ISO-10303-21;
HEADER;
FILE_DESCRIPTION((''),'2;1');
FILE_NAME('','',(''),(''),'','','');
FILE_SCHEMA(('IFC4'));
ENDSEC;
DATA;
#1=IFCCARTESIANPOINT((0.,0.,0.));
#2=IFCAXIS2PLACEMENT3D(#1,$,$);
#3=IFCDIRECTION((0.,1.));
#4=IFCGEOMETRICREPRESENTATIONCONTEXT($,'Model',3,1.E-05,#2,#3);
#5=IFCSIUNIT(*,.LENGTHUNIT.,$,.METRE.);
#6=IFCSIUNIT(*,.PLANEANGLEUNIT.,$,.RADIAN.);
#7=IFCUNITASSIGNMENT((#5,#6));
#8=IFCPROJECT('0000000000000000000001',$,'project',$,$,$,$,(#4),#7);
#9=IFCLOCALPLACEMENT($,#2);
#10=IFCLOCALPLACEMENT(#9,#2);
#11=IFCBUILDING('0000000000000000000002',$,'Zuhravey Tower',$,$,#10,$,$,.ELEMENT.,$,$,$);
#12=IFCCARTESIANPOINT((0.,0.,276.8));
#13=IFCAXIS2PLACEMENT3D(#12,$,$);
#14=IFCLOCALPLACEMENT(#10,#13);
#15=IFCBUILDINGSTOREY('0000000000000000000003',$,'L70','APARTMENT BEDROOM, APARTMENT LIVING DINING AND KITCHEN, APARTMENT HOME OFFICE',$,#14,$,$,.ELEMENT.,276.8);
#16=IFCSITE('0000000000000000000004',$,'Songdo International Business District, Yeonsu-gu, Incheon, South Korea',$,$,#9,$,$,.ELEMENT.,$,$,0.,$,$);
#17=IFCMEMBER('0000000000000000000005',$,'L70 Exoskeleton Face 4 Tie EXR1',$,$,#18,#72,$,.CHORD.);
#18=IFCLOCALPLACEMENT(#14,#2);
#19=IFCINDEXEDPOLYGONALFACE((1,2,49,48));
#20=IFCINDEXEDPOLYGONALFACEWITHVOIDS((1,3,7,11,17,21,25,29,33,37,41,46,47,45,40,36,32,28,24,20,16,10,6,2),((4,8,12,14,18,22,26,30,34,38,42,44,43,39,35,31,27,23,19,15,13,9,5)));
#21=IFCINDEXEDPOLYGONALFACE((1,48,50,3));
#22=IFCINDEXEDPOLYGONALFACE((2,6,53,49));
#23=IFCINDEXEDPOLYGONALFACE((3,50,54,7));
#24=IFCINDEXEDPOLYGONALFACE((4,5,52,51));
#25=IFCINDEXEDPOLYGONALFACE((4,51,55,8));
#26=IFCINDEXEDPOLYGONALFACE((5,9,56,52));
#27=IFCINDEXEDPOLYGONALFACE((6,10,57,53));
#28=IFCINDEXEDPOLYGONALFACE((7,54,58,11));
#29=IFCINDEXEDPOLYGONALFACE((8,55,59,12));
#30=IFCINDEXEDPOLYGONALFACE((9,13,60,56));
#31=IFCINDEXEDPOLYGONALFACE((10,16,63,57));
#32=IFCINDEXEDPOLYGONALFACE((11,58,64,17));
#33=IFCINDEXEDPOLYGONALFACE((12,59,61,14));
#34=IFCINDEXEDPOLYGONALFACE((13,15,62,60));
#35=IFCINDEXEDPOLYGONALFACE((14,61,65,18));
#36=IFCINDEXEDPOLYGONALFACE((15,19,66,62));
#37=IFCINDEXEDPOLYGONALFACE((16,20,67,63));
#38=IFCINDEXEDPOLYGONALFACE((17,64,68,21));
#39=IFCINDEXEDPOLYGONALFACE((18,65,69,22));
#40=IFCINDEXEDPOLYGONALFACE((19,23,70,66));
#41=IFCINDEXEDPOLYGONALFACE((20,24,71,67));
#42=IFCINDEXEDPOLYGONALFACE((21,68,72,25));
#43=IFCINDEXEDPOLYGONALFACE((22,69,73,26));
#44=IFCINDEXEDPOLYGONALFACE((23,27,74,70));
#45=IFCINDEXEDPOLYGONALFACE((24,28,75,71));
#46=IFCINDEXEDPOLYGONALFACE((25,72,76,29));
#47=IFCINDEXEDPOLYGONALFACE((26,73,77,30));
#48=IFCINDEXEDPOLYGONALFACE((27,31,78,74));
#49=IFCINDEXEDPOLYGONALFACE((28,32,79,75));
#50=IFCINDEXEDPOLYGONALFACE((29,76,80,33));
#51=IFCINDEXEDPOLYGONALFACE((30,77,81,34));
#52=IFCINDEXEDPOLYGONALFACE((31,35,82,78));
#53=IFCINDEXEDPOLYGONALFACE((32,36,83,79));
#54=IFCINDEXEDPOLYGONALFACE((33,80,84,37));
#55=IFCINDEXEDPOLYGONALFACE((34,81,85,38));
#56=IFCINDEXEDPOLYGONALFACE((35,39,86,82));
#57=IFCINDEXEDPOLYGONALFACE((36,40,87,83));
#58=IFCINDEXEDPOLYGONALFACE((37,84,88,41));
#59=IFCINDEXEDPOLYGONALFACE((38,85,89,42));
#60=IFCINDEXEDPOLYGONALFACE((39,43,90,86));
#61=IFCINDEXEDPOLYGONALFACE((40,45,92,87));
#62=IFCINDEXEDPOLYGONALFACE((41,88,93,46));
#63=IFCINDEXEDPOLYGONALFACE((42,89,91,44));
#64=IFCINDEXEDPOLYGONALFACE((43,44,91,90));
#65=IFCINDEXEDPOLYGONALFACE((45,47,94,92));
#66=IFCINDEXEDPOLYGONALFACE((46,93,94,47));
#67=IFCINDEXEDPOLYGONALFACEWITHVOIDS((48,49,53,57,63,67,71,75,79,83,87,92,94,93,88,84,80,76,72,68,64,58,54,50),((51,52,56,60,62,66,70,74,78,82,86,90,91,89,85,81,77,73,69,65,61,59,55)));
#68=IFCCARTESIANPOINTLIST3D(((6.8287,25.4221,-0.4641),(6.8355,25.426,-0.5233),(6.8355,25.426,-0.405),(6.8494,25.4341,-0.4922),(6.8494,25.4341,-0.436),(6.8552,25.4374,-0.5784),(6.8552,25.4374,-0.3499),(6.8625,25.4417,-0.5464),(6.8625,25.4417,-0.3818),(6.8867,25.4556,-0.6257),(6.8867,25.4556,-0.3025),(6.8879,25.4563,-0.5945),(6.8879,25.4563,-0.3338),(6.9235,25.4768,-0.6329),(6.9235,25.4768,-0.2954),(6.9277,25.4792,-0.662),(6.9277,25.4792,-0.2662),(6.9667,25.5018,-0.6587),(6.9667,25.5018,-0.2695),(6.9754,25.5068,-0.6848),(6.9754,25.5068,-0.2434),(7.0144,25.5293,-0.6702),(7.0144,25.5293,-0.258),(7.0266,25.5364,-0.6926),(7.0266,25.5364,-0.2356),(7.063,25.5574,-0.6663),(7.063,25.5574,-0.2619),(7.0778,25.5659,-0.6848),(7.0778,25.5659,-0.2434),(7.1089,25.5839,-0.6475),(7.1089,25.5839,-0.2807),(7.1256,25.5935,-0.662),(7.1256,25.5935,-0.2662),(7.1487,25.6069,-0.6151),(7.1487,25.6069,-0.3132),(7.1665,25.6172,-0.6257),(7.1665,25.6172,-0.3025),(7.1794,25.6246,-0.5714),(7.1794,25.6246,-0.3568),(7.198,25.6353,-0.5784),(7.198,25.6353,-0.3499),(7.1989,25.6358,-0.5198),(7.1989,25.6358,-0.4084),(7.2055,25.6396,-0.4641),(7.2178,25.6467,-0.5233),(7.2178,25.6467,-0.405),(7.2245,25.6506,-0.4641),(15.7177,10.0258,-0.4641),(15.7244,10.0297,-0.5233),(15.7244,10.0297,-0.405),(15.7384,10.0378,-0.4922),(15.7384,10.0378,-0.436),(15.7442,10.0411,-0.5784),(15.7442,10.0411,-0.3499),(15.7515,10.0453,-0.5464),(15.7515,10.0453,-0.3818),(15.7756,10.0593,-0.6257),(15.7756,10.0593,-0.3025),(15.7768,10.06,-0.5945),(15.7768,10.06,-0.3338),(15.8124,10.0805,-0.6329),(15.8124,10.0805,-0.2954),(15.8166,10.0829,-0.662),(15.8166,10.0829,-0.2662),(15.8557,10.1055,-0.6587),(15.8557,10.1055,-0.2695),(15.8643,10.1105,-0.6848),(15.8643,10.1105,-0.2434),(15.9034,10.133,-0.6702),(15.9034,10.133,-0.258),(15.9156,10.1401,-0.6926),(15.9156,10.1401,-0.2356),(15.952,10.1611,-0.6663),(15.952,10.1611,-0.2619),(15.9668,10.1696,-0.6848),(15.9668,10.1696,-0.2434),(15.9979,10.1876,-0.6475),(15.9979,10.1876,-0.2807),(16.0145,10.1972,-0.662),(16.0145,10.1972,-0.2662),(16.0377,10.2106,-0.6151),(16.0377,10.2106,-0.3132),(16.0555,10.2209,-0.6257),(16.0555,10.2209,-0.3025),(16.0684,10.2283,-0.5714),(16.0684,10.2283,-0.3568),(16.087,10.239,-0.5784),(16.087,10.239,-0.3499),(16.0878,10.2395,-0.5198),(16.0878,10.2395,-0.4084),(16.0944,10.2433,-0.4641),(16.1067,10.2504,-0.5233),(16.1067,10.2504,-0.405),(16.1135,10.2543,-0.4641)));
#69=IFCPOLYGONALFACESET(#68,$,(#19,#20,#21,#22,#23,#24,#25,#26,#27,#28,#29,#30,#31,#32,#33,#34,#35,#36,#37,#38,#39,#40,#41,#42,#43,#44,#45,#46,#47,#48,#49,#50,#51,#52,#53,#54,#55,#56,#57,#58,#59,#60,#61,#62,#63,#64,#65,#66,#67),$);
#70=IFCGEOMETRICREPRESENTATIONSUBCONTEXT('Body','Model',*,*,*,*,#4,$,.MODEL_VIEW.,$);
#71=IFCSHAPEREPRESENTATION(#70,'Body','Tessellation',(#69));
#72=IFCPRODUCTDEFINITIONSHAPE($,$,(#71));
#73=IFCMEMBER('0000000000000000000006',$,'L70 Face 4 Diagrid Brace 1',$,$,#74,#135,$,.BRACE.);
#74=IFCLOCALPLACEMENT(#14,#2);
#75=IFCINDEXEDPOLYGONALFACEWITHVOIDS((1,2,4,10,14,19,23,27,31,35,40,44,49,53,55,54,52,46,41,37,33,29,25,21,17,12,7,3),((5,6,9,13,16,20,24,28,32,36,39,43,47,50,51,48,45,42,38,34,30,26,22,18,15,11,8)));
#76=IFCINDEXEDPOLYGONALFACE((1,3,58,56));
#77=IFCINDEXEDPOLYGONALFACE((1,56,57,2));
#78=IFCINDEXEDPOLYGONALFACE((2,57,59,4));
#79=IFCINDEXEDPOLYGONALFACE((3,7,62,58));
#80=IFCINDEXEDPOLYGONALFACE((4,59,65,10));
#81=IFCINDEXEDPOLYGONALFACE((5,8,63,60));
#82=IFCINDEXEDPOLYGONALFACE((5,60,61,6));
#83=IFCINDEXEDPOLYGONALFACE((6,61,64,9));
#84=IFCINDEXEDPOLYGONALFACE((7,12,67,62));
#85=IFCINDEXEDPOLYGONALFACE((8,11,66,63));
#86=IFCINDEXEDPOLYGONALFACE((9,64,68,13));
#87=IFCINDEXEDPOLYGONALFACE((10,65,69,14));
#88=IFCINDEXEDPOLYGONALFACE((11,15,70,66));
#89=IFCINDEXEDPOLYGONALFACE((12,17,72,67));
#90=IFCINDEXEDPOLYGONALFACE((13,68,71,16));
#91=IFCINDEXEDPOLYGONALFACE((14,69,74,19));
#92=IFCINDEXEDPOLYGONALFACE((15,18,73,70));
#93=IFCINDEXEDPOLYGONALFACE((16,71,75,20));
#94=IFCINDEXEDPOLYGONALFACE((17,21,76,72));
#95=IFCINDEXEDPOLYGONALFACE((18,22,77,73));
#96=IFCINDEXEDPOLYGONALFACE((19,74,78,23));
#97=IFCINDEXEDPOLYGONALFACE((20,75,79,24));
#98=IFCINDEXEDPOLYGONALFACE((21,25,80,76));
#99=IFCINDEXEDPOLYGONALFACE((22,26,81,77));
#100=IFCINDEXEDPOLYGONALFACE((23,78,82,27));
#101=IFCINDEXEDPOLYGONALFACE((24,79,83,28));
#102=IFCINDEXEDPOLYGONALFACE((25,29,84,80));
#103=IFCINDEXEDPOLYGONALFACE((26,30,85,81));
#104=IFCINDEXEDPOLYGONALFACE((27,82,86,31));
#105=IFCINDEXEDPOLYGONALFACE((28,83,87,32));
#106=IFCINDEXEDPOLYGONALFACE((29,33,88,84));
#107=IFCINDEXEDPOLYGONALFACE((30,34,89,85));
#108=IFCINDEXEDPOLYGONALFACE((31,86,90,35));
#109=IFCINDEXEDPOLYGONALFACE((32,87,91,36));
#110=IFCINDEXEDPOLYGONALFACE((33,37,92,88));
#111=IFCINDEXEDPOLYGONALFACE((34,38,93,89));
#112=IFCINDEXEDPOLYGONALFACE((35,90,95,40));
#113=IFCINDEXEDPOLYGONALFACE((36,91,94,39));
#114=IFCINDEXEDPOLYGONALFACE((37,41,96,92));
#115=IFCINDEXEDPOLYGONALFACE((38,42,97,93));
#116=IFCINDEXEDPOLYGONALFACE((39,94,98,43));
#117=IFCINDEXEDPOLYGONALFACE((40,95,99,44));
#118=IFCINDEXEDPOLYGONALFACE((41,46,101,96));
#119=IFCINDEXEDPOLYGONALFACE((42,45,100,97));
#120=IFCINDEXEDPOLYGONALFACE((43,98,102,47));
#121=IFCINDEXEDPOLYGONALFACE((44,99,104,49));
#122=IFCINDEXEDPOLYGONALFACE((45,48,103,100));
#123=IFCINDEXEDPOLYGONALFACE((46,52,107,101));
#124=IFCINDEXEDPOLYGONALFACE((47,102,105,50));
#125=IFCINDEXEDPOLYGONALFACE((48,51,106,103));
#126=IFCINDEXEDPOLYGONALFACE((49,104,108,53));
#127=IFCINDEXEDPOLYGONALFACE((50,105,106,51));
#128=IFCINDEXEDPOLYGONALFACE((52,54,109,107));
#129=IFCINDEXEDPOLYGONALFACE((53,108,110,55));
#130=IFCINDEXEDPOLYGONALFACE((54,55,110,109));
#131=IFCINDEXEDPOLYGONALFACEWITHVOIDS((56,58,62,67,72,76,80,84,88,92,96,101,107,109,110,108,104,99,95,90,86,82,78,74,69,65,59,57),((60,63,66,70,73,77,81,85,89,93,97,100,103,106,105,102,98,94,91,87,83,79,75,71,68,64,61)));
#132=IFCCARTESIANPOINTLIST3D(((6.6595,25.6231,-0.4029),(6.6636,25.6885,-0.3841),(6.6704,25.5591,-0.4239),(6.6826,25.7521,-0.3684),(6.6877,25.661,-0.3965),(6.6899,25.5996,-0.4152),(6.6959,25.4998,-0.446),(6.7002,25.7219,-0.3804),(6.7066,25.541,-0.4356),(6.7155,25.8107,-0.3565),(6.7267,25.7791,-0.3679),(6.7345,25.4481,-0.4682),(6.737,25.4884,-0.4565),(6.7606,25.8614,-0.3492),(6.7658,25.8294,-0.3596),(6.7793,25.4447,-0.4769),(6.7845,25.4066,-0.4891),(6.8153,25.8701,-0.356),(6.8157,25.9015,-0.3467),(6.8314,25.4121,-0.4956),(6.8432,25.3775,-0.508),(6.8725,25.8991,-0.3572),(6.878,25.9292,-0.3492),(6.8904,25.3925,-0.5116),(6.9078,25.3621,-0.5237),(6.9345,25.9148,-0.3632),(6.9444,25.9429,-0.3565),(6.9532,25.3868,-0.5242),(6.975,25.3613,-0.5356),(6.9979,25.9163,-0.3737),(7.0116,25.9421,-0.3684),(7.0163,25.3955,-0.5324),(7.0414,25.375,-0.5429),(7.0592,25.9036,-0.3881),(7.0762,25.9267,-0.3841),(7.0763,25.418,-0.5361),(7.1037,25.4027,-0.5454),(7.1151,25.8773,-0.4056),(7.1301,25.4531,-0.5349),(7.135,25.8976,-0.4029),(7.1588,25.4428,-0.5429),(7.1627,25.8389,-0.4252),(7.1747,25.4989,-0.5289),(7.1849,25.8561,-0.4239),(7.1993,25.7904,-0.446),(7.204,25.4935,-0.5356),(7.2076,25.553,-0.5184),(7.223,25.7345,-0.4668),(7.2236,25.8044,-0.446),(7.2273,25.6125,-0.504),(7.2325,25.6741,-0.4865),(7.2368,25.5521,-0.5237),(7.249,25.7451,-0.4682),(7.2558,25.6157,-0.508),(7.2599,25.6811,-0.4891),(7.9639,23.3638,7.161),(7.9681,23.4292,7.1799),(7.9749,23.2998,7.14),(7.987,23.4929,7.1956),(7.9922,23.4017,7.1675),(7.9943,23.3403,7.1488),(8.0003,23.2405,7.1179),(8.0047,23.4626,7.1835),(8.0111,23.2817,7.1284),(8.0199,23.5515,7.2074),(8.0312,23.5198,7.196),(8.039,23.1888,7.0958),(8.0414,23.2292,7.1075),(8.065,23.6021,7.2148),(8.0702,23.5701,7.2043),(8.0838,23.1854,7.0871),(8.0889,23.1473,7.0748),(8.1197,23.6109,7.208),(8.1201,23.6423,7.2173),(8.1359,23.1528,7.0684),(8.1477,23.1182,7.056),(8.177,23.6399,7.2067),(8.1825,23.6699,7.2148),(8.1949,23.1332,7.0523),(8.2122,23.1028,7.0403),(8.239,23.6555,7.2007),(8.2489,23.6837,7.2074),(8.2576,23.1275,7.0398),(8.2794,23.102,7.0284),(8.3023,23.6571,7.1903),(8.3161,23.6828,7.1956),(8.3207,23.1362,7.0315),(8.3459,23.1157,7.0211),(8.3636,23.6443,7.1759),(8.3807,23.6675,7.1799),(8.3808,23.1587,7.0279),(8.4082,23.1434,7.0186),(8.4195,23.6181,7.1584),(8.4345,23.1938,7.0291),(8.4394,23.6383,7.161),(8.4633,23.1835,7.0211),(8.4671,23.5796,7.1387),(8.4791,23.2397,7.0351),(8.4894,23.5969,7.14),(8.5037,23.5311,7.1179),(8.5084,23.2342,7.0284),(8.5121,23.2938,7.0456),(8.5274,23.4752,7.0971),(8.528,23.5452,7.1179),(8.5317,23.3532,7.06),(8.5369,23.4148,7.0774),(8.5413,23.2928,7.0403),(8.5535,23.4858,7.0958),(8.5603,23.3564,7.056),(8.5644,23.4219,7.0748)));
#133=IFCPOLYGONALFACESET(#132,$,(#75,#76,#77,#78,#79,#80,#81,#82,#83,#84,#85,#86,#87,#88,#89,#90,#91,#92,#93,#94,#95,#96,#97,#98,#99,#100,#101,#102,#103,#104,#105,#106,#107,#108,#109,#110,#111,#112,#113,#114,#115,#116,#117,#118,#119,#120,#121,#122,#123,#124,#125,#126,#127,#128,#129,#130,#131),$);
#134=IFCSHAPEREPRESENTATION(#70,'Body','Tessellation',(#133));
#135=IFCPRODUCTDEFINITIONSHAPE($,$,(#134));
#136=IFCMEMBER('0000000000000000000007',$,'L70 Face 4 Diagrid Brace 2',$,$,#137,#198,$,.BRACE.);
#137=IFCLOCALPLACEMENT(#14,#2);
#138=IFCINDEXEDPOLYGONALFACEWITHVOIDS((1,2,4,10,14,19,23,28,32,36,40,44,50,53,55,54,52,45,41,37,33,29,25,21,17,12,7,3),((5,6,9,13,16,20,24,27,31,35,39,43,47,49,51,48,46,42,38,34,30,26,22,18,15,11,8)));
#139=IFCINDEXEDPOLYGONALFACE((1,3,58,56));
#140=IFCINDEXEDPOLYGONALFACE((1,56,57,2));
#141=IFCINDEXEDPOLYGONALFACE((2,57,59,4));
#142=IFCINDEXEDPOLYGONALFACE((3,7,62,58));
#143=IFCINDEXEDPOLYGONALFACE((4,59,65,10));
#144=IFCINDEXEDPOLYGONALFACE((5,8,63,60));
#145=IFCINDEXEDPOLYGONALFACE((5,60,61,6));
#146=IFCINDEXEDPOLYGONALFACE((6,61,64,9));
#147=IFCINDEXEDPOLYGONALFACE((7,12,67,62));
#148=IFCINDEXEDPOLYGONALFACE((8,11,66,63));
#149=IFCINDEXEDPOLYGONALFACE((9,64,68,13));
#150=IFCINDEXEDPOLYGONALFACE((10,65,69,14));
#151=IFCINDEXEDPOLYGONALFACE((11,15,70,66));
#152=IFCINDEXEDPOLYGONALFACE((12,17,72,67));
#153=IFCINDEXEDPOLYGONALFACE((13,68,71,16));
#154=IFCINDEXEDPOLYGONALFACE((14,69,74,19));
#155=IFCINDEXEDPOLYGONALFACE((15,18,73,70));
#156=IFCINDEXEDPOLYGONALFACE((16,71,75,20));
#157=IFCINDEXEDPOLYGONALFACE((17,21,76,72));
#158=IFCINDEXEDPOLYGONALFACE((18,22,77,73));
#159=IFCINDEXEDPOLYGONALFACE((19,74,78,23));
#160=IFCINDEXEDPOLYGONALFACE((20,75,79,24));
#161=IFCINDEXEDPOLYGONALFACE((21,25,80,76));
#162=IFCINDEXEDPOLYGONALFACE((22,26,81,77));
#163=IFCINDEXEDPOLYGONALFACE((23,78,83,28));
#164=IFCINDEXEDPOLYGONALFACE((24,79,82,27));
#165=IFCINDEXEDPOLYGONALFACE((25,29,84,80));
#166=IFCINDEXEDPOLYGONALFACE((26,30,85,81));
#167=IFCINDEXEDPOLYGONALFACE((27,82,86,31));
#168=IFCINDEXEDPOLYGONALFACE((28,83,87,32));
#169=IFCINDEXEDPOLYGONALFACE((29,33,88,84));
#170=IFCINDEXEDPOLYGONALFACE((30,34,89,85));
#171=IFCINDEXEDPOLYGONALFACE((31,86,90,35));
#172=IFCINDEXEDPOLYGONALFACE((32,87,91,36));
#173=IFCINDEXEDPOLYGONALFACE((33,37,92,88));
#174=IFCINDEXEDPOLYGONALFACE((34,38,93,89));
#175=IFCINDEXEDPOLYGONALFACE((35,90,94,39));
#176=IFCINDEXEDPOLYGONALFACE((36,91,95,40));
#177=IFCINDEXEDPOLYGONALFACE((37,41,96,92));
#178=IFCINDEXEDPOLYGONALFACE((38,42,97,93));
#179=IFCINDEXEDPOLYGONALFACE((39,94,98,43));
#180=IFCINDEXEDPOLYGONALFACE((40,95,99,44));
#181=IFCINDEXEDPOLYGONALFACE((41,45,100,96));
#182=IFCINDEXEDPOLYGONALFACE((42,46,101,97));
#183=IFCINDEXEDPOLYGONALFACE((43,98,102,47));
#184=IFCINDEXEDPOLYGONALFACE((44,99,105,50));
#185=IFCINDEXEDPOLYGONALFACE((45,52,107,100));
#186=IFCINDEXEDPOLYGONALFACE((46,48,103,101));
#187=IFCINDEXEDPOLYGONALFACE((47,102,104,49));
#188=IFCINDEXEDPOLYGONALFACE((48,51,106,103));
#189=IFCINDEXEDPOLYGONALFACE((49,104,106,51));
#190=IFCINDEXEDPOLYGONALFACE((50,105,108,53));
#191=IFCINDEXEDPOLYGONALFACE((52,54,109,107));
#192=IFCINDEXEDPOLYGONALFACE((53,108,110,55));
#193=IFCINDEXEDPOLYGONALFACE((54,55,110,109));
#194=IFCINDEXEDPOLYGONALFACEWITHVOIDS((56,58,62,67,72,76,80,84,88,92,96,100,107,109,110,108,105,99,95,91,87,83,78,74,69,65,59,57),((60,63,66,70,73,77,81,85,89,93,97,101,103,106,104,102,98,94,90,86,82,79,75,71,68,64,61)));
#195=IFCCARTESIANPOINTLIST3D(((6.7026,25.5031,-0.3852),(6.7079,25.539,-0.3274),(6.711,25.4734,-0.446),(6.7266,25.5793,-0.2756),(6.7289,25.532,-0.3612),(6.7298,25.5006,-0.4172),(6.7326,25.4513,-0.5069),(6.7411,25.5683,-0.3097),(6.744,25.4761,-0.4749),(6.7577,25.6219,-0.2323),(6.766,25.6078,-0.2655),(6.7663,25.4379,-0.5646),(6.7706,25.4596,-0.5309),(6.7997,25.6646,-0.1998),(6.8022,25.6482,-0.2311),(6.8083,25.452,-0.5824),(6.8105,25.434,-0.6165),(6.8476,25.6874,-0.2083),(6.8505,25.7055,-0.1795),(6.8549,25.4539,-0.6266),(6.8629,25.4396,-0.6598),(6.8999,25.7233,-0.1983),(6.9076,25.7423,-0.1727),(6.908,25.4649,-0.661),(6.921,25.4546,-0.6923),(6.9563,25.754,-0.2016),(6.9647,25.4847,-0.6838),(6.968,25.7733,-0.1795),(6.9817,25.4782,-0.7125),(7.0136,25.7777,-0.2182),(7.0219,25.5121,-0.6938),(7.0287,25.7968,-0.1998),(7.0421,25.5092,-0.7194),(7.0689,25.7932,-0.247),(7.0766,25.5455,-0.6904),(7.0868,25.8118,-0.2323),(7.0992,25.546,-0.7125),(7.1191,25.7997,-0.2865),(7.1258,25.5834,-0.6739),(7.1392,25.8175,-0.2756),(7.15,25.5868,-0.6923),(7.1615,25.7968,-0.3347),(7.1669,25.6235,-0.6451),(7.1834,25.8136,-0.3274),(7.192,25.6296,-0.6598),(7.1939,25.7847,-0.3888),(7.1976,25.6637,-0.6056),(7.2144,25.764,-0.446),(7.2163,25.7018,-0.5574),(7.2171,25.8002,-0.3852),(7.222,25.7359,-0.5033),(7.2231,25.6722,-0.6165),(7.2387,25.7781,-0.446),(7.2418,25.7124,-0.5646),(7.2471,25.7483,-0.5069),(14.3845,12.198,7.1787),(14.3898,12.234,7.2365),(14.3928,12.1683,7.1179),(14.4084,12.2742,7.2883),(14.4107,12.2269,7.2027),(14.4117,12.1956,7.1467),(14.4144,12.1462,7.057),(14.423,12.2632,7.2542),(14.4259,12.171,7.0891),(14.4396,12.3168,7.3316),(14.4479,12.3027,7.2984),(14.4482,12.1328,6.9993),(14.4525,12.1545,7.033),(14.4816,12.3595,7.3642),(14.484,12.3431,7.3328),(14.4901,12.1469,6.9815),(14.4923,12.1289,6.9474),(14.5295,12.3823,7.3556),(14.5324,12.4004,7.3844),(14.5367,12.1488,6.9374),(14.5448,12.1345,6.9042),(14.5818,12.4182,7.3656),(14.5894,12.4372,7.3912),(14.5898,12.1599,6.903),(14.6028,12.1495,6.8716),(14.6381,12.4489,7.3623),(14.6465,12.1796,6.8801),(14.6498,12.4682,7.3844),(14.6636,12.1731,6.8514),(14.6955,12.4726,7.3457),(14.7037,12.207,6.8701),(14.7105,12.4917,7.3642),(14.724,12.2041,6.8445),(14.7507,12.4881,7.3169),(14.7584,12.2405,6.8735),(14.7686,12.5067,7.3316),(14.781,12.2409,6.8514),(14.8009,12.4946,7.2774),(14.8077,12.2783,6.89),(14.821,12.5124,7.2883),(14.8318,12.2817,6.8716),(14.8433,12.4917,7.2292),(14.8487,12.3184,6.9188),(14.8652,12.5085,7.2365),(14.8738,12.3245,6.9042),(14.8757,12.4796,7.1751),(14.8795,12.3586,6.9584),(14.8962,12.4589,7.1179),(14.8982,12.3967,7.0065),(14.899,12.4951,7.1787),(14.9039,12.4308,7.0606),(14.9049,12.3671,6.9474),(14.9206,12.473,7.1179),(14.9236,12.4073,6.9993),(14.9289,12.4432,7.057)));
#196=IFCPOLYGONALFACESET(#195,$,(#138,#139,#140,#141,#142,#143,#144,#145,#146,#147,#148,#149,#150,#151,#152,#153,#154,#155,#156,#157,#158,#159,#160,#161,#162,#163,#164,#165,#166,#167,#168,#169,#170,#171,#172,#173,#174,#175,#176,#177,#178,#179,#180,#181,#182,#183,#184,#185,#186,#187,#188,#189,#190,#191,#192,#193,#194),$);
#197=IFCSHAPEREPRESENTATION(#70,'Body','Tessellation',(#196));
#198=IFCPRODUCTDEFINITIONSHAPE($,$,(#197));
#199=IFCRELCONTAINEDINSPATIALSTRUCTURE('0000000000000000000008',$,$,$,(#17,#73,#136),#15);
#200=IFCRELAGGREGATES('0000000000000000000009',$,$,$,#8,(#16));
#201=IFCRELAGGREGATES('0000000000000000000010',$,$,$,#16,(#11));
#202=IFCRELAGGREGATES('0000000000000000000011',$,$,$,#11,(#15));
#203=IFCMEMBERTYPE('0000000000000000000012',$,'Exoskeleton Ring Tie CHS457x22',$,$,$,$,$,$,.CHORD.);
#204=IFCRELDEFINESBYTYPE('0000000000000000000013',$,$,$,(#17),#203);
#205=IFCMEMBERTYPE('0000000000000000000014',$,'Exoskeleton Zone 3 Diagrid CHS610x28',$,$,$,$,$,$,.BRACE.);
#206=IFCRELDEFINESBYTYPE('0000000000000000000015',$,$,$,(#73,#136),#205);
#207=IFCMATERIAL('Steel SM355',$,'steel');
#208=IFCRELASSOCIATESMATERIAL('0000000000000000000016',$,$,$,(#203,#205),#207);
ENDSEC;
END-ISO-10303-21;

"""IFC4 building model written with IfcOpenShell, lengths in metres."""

from ifc_helpers import new_model, si_unit, direction, frame, origin, origin_2d, place, context, subcontext, project, spatial, hollow_circle, extrude, material, material_profile, profile_set, type_object, element, save


model = new_model("IFC4")

# Units and contexts
model_context = context("Model", 3, precision=1e-05, world=origin(), true_north=direction((0.0, 1.0)))
body_context = subcontext(model_context, "Body", "Model", "MODEL_VIEW")
ifc_project = project(units=[si_unit("LENGTHUNIT", "METRE"), si_unit("PLANEANGLEUNIT", "RADIAN")], contexts=[model_context])

# Site, building, storey
site_placement = place(None, origin())
site = spatial("IfcSite", under=ifc_project, at=site_placement, Name="Songdo International Business District, Yeonsu-gu, Incheon, South Korea", CompositionType="ELEMENT", RefElevation=0.0)
building_placement = place(site_placement, origin())
building = spatial("IfcBuilding", under=site, at=building_placement, Name="Zuhravey Tower", CompositionType="ELEMENT")
storey_placement = place(building_placement, frame((0.0, 0.0, 276.8)))
storey = spatial("IfcBuildingStorey", under=building, at=storey_placement, Name="L70", Description="APARTMENT BEDROOM, APARTMENT LIVING DINING AND KITCHEN, APARTMENT HOME OFFICE", CompositionType="ELEMENT", Elevation=276.8)

# Members
ifc_material_1 = material(Name="Steel SM355", Category="steel")
ifc_material_profile_1 = material_profile(ifc_material_1, hollow_circle(Radius=0.2285, WallThickness=0.022, at=origin_2d()), Name="CHS-457.2x22")
ifc_profile_set_1 = profile_set([ifc_material_profile_1], Name="Steel SM355")
member_type_1 = type_object("IfcMemberType", Name="Exoskeleton Ring Tie CHS457x22", PredefinedType="CHORD", material=ifc_profile_set_1)
member_1_placement = place(storey_placement, frame((7.0266, 25.5364, -0.4641), z_axis=(0.499995, -0.866028, 0.0), x_axis=(0.866028, 0.499995, 0.0)))
element("IfcMember", 1, at=member_1_placement, inside=storey, type_object=member_type_1, Name="L70 Exoskeleton Face 4 Tie EXR1", PredefinedType="CHORD", context=body_context, shape_type="SweptSolid", body=[
    extrude(hollow_circle(Radius=0.2285, WallThickness=0.022, at=origin_2d()), origin(), (0.0, 0.0, 1.0), 17.7781),
])
ifc_material_profile_2 = material_profile(ifc_material_1, hollow_circle(Radius=0.3047, WallThickness=0.0281, at=origin_2d()), Name="CHS-609.6x28")
ifc_profile_set_2 = profile_set([ifc_material_profile_2], Name="Steel SM355")
member_type_2 = type_object("IfcMemberType", Name="Exoskeleton Zone 3 Diagrid CHS610x28", PredefinedType="BRACE", material=ifc_profile_set_2)
member_2_placement = place(storey_placement, frame((6.9597, 25.6521, -0.446), z_axis=(0.163031, -0.282367, 0.945352), x_axis=(0.866017, 0.500014, 0.0)))
element("IfcMember", 2, at=member_2_placement, inside=storey, type_object=member_type_2, Name="L70 Face 4 Diagrid Brace 1", PredefinedType="BRACE", context=body_context, shape_type="SweptSolid", body=[
    extrude(hollow_circle(Radius=0.3047, WallThickness=0.0281, at=origin_2d()), origin(), (0.0, 0.0, 1.0), 8.0012),
])
member_3_placement = place(storey_placement, frame((6.9749, 25.6257, -0.446), z_axis=(0.448587, -0.776962, 0.441701), x_axis=(0.866022, 0.500007, 0.0)))
element("IfcMember", 3, at=member_3_placement, inside=storey, type_object=member_type_2, Name="L70 Face 4 Diagrid Brace 2", PredefinedType="BRACE", context=body_context, shape_type="SweptSolid", body=[
    extrude(hollow_circle(Radius=0.3047, WallThickness=0.0281, at=origin_2d()), origin(), (0.0, 0.0, 1.0), 17.1245),
])

save(model, "model.ifc")
